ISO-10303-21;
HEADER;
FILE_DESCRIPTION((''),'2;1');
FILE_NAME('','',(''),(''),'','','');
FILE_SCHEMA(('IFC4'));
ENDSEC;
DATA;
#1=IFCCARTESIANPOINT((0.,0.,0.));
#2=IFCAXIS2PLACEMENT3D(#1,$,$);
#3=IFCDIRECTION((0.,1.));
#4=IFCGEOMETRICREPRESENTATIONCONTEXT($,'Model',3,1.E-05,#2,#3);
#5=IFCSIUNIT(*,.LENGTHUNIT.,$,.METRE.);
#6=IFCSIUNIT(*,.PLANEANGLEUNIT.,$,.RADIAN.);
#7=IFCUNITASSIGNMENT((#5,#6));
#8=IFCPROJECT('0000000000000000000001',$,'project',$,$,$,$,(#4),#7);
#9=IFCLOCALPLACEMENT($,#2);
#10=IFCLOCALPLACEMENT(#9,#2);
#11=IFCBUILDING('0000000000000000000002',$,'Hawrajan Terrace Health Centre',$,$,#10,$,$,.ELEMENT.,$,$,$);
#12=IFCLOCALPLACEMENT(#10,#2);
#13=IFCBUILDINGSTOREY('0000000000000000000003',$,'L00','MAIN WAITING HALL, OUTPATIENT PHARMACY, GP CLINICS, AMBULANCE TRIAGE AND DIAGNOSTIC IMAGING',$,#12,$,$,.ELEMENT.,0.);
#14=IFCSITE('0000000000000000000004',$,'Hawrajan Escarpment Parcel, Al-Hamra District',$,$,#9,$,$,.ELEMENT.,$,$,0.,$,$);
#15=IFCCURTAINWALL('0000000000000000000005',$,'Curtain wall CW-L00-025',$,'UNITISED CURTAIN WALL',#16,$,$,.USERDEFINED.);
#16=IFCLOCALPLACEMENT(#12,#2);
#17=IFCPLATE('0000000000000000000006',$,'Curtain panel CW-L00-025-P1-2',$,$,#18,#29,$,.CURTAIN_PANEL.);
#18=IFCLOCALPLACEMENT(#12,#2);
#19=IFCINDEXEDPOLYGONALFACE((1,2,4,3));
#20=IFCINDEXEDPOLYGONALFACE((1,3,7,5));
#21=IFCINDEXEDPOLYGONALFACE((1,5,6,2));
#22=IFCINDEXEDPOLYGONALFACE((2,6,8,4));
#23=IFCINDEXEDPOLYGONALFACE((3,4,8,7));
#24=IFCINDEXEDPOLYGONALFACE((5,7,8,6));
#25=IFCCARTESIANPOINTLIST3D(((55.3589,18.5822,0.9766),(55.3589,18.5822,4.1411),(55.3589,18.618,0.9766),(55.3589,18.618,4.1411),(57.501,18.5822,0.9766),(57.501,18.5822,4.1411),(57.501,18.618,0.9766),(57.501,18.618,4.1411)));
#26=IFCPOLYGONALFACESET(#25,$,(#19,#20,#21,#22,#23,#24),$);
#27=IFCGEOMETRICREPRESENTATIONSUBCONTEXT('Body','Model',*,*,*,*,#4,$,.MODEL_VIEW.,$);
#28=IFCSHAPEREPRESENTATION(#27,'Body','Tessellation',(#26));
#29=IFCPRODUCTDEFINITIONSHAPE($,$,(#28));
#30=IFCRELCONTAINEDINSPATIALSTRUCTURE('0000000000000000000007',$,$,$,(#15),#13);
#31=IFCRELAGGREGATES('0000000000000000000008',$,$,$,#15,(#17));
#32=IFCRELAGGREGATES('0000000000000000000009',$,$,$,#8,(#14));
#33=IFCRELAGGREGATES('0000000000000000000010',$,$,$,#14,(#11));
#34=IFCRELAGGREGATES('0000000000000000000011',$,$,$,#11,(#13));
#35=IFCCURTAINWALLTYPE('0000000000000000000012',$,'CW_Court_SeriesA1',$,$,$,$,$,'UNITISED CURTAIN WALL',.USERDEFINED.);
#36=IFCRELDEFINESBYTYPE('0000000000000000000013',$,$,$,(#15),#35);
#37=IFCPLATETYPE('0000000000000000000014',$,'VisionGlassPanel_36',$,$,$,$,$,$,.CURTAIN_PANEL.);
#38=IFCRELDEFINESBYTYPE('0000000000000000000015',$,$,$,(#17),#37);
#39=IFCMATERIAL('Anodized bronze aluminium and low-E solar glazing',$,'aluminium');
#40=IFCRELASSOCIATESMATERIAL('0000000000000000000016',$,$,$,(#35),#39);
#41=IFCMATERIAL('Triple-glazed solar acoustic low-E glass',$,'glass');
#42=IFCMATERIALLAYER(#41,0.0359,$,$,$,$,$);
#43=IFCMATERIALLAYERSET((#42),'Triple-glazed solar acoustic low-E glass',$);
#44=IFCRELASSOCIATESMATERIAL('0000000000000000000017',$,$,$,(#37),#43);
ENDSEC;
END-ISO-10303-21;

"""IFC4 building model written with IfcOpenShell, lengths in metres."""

from ifc_helpers import new_model, si_unit, direction, frame, origin, origin_2d, place, context, subcontext, project, spatial, rectangle, extrude, material, layer, layer_set, type_object, element, aggregate, save


model = new_model("IFC4")

# Units and contexts
model_context = context("Model", 3, precision=1e-05, world=origin(), true_north=direction((0.0, 1.0)))
body_context = subcontext(model_context, "Body", "Model", "MODEL_VIEW")
ifc_project = project(units=[si_unit("LENGTHUNIT", "METRE"), si_unit("PLANEANGLEUNIT", "RADIAN")], contexts=[model_context])

# Site, building, storey
site_placement = place(None, origin())
site = spatial("IfcSite", under=ifc_project, at=site_placement, Name="Hawrajan Escarpment Parcel, Al-Hamra District", CompositionType="ELEMENT", RefElevation=0.0)
building_placement = place(site_placement, origin())
building = spatial("IfcBuilding", under=site, at=building_placement, Name="Hawrajan Terrace Health Centre", CompositionType="ELEMENT")
storey_placement = place(building_placement, origin())
storey = spatial("IfcBuildingStorey", under=building, at=storey_placement, Name="L00", Description="MAIN WAITING HALL, OUTPATIENT PHARMACY, GP CLINICS, AMBULANCE TRIAGE AND DIAGNOSTIC IMAGING", CompositionType="ELEMENT", Elevation=0.0)

# Curtain wall
ifc_material_1 = material(Name="Anodized bronze aluminium and low-E solar glazing", Category="aluminium")
curtain_wall_type_1 = type_object("IfcCurtainWallType", Name="CW_Court_SeriesA1", ElementType="UNITISED CURTAIN WALL", PredefinedType="USERDEFINED", material=ifc_material_1)
curtain_wall_1_placement = place(storey_placement, origin())
curtain_wall_1 = element("IfcCurtainWall", 1, at=curtain_wall_1_placement, inside=storey, type_object=curtain_wall_type_1, Name="Curtain wall CW-L00-025", ObjectType="UNITISED CURTAIN WALL", PredefinedType="USERDEFINED")

# Plate
ifc_material_2 = material(Name="Triple-glazed solar acoustic low-E glass", Category="glass")
ifc_layer_1 = layer(ifc_material_2, 0.0359)
ifc_layer_set_1 = layer_set([ifc_layer_1], Name="Triple-glazed solar acoustic low-E glass")
plate_type_1 = type_object("IfcPlateType", Name="VisionGlassPanel_36", PredefinedType="CURTAIN_PANEL", material=ifc_layer_set_1)
plate_1_placement = place(storey_placement, frame((56.4299, 18.6001, 0.9766), z_axis=(0.0, 0.0, 1.0), x_axis=(1.0, 0.0, 0.0)))
plate_1 = element("IfcPlate", 2, at=plate_1_placement, type_object=plate_type_1, Name="Curtain panel CW-L00-025-P1-2", PredefinedType="CURTAIN_PANEL", context=body_context, shape_type="SweptSolid", body=[
    extrude(rectangle(XDim=2.1421, YDim=0.0359, at=origin_2d()), origin(), (0.0, 0.0, 1.0), 3.1646),
])
aggregate(curtain_wall_1, [plate_1])

save(model, "model.ifc")
